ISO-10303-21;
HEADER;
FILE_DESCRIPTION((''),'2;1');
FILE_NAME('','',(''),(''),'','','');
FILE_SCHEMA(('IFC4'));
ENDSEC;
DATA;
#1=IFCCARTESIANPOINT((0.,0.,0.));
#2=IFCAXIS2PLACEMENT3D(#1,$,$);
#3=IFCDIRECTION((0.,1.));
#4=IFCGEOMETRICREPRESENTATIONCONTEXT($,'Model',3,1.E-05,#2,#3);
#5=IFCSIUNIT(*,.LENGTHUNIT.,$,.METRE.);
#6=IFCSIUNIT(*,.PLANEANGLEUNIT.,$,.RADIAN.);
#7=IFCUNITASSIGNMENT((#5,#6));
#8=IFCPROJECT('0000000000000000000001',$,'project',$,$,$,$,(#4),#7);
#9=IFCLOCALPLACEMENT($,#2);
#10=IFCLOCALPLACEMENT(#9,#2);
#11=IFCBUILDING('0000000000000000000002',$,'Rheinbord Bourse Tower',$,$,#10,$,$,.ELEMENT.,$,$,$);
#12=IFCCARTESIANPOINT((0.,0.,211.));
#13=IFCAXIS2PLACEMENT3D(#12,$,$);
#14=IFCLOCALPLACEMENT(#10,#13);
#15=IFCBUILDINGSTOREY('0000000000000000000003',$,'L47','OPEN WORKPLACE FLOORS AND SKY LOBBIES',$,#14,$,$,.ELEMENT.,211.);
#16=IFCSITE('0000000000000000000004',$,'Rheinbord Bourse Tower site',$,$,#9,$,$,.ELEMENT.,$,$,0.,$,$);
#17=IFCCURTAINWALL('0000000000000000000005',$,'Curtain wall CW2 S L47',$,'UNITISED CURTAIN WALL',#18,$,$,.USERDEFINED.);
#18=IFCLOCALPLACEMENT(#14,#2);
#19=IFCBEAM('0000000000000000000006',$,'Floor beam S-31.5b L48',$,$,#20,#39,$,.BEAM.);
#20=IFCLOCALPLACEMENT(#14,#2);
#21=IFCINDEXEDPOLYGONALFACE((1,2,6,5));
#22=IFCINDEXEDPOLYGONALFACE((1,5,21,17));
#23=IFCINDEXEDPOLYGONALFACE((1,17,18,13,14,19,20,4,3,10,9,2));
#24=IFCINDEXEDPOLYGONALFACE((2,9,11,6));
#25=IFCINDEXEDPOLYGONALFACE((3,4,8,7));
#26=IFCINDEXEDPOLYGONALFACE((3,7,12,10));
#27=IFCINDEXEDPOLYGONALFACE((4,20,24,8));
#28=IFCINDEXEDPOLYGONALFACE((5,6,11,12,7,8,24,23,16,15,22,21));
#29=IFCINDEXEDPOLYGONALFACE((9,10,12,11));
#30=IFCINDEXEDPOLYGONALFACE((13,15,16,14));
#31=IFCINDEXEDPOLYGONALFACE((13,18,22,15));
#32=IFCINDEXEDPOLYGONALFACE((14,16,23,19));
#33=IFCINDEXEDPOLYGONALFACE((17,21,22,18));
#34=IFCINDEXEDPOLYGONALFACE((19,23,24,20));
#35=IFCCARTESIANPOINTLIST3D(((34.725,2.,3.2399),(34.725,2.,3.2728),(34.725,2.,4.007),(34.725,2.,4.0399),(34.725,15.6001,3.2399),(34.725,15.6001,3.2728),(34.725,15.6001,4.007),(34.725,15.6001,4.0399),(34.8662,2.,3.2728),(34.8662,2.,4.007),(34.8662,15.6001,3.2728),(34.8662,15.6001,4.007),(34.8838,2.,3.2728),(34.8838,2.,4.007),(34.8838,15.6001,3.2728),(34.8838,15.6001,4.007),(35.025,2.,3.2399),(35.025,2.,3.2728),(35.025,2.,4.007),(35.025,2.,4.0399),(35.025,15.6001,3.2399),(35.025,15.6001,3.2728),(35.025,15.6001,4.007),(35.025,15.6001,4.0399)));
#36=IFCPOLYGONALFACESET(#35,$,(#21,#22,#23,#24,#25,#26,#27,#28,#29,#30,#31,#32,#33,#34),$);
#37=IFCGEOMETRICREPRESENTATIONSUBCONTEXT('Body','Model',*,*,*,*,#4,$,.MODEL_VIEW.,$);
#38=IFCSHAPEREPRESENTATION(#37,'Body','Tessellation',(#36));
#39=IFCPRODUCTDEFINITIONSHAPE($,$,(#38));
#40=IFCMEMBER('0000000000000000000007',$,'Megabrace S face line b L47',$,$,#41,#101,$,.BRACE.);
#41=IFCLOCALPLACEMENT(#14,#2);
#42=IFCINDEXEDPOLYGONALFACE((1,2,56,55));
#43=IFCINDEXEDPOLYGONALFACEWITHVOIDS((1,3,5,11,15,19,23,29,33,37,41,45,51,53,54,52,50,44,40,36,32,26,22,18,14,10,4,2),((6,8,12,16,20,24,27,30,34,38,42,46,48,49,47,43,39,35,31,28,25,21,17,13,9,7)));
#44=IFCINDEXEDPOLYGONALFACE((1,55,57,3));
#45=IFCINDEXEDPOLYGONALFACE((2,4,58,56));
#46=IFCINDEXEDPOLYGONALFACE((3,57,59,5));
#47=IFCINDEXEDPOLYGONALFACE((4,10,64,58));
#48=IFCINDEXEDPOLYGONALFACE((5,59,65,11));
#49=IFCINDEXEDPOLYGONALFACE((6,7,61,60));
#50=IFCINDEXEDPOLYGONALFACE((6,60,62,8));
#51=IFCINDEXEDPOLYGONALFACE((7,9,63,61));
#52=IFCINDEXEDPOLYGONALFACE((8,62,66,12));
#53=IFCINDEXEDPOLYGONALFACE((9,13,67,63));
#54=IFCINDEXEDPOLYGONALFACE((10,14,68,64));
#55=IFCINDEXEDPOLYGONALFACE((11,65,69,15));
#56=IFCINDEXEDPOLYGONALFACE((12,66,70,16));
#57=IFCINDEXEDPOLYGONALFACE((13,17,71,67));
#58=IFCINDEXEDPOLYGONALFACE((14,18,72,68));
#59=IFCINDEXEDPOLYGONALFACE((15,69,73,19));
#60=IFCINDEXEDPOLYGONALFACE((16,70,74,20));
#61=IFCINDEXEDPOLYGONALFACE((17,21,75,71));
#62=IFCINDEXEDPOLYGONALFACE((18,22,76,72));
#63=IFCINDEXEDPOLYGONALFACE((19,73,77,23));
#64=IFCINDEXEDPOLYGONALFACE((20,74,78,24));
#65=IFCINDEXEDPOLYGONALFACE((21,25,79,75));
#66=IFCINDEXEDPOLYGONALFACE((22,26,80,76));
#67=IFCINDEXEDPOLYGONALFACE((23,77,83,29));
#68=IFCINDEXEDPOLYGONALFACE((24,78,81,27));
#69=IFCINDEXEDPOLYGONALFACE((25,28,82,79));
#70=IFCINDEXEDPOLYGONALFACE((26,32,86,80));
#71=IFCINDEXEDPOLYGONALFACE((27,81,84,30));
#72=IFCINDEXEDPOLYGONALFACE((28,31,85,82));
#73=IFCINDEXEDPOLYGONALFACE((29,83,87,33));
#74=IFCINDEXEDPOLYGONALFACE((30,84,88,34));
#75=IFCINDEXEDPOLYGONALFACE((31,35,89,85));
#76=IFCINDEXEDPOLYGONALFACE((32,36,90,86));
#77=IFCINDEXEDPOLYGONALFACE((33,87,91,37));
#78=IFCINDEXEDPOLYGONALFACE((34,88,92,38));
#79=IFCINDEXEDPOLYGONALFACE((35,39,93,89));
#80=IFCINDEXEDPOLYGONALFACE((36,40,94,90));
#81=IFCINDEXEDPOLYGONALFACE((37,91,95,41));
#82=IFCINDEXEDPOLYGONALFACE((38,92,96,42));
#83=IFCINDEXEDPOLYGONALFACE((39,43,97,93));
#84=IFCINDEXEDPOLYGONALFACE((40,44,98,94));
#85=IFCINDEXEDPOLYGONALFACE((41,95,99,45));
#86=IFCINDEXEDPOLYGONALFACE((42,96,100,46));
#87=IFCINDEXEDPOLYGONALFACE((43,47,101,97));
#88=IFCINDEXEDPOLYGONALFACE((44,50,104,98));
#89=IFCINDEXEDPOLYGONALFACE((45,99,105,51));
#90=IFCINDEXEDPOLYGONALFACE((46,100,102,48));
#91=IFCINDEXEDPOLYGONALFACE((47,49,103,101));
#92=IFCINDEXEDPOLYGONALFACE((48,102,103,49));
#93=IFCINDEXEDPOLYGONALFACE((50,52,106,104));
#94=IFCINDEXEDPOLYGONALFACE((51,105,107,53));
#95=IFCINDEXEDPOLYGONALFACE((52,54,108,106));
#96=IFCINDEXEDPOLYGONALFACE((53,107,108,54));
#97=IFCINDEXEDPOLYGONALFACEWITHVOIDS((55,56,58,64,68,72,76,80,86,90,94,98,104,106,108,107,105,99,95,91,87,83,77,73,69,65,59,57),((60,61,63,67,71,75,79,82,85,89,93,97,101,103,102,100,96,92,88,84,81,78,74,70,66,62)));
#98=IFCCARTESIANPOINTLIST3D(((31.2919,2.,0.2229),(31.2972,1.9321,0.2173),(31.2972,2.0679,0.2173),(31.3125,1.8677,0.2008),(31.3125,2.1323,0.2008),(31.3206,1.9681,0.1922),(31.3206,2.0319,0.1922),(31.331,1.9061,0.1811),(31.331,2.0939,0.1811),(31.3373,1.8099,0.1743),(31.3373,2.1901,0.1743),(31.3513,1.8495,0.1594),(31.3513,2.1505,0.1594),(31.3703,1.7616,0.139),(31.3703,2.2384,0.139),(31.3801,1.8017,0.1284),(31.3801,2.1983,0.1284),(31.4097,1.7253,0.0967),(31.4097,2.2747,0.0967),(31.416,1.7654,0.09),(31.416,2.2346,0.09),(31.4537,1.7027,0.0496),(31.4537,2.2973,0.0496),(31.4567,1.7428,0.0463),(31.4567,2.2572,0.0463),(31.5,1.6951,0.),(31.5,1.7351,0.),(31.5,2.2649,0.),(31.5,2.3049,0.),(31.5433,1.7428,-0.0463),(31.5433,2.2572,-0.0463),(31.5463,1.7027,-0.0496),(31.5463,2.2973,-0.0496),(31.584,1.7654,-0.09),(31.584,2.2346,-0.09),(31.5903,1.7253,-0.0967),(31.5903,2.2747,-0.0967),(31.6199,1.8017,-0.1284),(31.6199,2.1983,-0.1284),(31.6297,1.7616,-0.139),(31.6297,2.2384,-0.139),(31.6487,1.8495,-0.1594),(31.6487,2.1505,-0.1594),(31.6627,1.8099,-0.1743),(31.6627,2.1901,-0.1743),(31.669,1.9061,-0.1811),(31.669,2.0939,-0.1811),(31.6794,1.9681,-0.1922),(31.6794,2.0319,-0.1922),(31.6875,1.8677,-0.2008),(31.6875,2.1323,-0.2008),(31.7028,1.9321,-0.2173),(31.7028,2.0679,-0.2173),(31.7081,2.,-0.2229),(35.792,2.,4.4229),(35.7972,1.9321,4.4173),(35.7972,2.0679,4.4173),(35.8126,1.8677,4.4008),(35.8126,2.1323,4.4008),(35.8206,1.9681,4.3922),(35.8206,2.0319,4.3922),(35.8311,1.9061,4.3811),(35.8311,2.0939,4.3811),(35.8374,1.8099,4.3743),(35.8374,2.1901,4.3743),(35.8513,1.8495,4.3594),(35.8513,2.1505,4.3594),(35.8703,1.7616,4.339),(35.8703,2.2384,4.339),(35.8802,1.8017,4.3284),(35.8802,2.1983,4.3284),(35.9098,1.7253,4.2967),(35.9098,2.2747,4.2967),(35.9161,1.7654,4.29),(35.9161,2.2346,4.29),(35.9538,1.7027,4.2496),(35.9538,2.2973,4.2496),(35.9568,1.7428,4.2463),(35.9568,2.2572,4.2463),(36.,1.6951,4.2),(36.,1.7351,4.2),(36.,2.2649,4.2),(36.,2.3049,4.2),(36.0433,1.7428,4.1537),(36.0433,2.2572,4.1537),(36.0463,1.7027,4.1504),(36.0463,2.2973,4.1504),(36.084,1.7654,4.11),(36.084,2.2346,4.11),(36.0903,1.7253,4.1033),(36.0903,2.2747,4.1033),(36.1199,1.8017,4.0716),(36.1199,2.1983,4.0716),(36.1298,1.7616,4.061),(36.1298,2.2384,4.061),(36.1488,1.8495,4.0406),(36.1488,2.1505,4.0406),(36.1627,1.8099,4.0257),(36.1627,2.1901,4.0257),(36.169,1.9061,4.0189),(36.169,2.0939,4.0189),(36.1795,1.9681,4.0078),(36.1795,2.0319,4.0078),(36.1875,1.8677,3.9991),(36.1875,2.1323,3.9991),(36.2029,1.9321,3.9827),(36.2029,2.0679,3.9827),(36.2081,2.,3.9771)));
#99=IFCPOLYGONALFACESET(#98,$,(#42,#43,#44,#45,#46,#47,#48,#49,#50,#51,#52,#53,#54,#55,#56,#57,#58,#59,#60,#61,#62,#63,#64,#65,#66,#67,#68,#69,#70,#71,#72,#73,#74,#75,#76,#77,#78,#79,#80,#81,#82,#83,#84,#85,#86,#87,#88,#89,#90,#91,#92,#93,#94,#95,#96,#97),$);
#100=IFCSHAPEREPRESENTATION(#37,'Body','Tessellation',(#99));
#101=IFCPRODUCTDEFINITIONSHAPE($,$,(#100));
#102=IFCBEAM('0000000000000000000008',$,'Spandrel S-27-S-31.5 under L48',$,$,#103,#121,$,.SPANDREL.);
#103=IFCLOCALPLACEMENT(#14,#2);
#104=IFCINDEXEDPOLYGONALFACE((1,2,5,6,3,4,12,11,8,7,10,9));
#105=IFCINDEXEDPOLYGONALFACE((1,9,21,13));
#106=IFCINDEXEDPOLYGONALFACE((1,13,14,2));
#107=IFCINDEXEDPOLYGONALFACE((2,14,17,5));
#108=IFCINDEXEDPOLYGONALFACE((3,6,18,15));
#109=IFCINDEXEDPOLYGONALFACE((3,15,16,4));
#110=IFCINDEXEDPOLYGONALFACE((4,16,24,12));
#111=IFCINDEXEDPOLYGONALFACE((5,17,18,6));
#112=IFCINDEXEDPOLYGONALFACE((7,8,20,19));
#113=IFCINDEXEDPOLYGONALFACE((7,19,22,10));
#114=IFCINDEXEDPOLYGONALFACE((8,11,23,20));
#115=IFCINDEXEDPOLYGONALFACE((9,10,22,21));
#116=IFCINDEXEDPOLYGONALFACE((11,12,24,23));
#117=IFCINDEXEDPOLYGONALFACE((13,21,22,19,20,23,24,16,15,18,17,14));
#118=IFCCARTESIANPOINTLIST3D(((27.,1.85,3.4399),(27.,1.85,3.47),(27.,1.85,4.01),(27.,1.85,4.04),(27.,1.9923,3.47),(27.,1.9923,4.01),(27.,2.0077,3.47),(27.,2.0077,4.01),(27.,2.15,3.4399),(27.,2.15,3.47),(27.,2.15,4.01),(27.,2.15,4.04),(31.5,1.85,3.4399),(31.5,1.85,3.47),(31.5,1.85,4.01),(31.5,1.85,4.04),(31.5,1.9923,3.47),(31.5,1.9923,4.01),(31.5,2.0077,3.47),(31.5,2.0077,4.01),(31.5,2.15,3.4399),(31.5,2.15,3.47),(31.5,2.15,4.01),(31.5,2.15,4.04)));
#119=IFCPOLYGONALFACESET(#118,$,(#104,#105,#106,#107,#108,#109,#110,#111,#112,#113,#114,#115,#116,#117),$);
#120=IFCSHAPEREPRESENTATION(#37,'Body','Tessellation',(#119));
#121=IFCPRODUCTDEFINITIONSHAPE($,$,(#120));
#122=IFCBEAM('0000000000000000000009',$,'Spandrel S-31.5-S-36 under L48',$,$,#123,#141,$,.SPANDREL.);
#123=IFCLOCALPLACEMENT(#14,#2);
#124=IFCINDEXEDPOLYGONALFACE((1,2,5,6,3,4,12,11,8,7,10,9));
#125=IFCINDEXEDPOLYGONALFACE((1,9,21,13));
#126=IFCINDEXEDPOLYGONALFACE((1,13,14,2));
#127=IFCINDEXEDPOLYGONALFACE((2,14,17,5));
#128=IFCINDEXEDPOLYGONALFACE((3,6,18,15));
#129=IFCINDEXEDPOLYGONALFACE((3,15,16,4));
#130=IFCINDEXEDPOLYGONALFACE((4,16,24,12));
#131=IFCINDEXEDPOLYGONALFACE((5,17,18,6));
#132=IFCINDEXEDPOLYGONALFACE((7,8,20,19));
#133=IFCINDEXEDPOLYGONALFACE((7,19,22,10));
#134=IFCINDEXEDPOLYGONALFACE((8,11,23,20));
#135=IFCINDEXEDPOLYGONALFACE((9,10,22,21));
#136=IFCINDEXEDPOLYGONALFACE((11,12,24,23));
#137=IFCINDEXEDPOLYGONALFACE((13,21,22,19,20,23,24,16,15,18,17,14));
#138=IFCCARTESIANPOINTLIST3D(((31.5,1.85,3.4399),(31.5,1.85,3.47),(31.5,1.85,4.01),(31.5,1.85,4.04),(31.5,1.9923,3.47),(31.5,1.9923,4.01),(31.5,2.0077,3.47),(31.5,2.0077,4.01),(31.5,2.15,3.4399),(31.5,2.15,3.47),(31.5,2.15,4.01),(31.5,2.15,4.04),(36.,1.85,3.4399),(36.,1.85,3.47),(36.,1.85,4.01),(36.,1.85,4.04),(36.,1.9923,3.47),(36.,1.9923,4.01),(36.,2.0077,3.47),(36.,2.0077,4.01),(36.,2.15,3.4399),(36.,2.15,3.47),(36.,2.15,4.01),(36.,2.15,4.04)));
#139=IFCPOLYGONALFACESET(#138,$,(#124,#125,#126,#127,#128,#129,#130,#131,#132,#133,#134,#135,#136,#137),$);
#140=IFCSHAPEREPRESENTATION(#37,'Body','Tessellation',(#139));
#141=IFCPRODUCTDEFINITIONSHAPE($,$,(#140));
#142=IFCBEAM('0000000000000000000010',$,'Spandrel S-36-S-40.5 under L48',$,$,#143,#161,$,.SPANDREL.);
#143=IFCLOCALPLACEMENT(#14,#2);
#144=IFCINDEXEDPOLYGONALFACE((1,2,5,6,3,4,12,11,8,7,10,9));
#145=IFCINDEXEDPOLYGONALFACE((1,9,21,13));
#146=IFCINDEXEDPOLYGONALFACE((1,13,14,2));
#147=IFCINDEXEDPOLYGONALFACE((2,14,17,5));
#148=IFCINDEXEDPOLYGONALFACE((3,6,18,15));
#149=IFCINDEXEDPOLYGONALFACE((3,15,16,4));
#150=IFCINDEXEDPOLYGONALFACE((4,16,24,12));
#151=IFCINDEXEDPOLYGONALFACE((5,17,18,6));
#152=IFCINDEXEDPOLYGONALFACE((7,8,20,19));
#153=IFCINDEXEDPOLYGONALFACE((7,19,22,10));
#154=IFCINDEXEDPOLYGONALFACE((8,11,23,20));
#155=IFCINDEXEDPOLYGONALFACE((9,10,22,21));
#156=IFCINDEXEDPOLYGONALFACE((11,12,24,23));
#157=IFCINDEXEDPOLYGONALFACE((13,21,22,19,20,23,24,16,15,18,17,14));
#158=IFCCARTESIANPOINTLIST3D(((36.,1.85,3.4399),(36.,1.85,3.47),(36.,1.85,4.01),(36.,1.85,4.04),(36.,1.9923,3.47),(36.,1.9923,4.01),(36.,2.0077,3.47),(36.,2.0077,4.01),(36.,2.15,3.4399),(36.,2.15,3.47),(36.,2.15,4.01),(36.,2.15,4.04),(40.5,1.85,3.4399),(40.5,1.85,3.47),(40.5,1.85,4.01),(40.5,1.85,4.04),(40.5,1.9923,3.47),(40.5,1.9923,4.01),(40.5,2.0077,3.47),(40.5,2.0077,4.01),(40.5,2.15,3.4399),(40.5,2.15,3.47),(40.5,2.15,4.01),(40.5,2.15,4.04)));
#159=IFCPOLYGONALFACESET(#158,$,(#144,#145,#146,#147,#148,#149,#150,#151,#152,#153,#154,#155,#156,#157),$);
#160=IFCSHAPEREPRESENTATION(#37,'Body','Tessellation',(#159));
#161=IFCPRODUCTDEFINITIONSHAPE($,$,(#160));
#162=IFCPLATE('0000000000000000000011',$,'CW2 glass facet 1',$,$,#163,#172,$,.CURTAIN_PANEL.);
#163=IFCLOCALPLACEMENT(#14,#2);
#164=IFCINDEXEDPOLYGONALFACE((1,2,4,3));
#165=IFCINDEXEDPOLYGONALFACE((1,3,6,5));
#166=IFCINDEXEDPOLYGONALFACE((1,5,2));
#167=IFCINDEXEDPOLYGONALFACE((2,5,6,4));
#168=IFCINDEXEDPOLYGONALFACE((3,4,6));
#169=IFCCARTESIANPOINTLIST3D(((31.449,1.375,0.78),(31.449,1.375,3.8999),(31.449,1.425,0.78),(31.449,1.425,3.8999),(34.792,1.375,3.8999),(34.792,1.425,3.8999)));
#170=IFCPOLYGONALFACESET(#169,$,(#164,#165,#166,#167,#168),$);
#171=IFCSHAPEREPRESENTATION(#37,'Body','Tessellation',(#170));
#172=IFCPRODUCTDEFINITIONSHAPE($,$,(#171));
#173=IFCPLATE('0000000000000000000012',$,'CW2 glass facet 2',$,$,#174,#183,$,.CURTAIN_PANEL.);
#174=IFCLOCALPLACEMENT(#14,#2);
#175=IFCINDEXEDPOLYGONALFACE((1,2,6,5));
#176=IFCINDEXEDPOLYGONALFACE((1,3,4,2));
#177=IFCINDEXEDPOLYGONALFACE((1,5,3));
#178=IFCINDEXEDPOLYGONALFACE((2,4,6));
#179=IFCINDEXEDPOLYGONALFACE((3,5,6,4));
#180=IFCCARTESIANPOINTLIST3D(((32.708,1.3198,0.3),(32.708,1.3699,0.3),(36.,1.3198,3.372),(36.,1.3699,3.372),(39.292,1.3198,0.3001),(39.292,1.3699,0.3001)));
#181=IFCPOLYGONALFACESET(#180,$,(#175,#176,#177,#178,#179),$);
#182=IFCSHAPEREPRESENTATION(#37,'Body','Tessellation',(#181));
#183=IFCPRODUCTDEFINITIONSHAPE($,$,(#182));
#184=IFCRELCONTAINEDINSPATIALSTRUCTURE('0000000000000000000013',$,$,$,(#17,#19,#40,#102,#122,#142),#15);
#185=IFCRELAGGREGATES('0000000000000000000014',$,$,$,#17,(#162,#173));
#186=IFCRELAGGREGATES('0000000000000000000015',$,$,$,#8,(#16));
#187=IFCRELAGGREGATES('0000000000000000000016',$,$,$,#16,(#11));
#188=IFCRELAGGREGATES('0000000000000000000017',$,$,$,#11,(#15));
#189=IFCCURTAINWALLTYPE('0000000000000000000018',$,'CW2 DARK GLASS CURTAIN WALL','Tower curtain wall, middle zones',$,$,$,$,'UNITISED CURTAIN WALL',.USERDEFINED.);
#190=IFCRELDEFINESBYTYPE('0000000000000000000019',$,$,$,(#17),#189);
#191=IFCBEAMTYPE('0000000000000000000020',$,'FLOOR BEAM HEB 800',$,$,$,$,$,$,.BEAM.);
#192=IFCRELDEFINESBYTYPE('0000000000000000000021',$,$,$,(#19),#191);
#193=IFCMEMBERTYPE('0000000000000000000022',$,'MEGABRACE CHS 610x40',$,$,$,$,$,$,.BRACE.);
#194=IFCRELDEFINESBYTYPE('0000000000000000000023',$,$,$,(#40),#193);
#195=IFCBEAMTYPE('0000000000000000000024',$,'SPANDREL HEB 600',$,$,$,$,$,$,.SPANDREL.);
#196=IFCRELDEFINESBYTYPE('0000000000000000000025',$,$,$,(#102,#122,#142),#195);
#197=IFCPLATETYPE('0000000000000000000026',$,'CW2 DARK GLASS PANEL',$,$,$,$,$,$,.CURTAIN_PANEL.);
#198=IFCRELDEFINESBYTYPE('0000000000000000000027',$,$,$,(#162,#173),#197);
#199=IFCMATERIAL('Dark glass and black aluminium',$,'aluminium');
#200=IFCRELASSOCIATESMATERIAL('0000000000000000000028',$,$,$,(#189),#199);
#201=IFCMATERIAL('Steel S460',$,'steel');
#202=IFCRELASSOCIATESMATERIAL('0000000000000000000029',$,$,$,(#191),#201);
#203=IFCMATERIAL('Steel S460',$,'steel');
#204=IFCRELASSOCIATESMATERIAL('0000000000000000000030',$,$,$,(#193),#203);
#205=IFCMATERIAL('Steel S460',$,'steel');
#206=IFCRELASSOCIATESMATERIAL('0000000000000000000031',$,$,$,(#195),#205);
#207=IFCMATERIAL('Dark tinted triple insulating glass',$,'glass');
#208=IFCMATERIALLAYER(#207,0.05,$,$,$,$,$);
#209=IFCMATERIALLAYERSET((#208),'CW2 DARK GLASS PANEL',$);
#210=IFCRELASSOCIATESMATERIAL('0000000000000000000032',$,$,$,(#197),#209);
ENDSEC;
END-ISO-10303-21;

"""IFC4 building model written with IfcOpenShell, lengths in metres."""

from ifc_helpers import new_model, si_unit, direction, frame, origin, origin_2d, place, context, subcontext, project, spatial, polyline, hollow_circle, i_section, outline, extrude, material, layer, layer_set, material_profile, profile_set, type_object, element, aggregate, save


model = new_model("IFC4")

# Units and contexts
model_context = context("Model", 3, precision=1e-05, world=origin(), true_north=direction((0.0, 1.0)))
body_context = subcontext(model_context, "Body", "Model", "MODEL_VIEW")
ifc_project = project(units=[si_unit("LENGTHUNIT", "METRE"), si_unit("PLANEANGLEUNIT", "RADIAN")], contexts=[model_context])

# Site, building, storey
site_placement = place(None, origin())
site = spatial("IfcSite", under=ifc_project, at=site_placement, Name="Rheinbord Bourse Tower site", CompositionType="ELEMENT", RefElevation=0.0)
building_placement = place(site_placement, origin())
building = spatial("IfcBuilding", under=site, at=building_placement, Name="Rheinbord Bourse Tower", CompositionType="ELEMENT")
storey_placement = place(building_placement, frame((0.0, 0.0, 211.0)))
storey = spatial("IfcBuildingStorey", under=building, at=storey_placement, Name="L47", Description="OPEN WORKPLACE FLOORS AND SKY LOBBIES", CompositionType="ELEMENT", Elevation=211.0)

# Curtain wall
ifc_material_1 = material(Name="Dark glass and black aluminium", Category="aluminium")
curtain_wall_type = type_object("IfcCurtainWallType", Name="CW2 DARK GLASS CURTAIN WALL", Description="Tower curtain wall, middle zones", ElementType="UNITISED CURTAIN WALL", PredefinedType="USERDEFINED", material=ifc_material_1)
curtain_wall_placement = place(storey_placement, origin())
curtain_wall = element("IfcCurtainWall", 1, at=curtain_wall_placement, inside=storey, type_object=curtain_wall_type, Name="Curtain wall CW2 S L47", ObjectType="UNITISED CURTAIN WALL", PredefinedType="USERDEFINED")

# Beam
ifc_material_2 = material(Name="Steel S460", Category="steel")
ifc_material_profile_1 = material_profile(ifc_material_2, i_section(OverallWidth=0.3, OverallDepth=0.8, WebThickness=0.0176, FlangeThickness=0.033, at=origin_2d()), Name="HEB 800")
ifc_profile_set_1 = profile_set([ifc_material_profile_1], Name="Steel S460")
beam_type_1 = type_object("IfcBeamType", Name="FLOOR BEAM HEB 800", PredefinedType="BEAM", material=ifc_profile_set_1)
for number, where, z_axis, x_axis, name in (
    (2, (34.875, 2.0, 3.6399), (0.0, 1.0, 0.0), (-1.0, 0.0, 0.0), "Floor beam S-31.5b L48"),
):
    element("IfcBeam", number, at=place(storey_placement, frame(where, z_axis=z_axis, x_axis=x_axis)), inside=storey, type_object=beam_type_1, Name=name, PredefinedType="BEAM", context=body_context, shape_type="SweptSolid", body=[
        extrude(i_section(OverallWidth=0.3, OverallDepth=0.8, WebThickness=0.0176, FlangeThickness=0.033, at=origin_2d()), origin(), (0.0, 0.0, 1.0), 13.6001),
    ])

# Member
ifc_material_3 = material(Name="Steel S460", Category="steel")
ifc_material_profile_2 = material_profile(ifc_material_3, hollow_circle(Radius=0.3049, WallThickness=0.04, at=origin_2d()), Name="CHS 610x40")
ifc_profile_set_2 = profile_set([ifc_material_profile_2], Name="Steel S460")
member_type_1 = type_object("IfcMemberType", Name="MEGABRACE CHS 610x40", PredefinedType="BRACE", material=ifc_profile_set_2)
member_1_placement = place(storey_placement, frame((31.5, 2.0, 0.0), z_axis=(0.731059, 0.0, 0.682314), x_axis=(0.0, 1.0, 0.0)))
element("IfcMember", 3, at=member_1_placement, inside=storey, type_object=member_type_1, Name="Megabrace S face line b L47", PredefinedType="BRACE", context=body_context, shape_type="SweptSolid", body=[
    extrude(hollow_circle(Radius=0.3049, WallThickness=0.04, at=origin_2d()), origin(), (0.0, 0.0, 1.0), 6.1555),
])

# Beams
ifc_material_4 = material(Name="Steel S460", Category="steel")
ifc_material_profile_3 = material_profile(ifc_material_4, i_section(OverallWidth=0.3, OverallDepth=0.6001, WebThickness=0.0154, FlangeThickness=0.03, at=origin_2d()), Name="HEB 600")
ifc_profile_set_3 = profile_set([ifc_material_profile_3], Name="Steel S460")
beam_type_2 = type_object("IfcBeamType", Name="SPANDREL HEB 600", PredefinedType="SPANDREL", material=ifc_profile_set_3)
for number, where, z_axis, x_axis, name in (
    (4, (27.0, 2.0, 3.74), (1.0, 0.0, 0.0), (0.0, 1.0, 0.0), "Spandrel S-27-S-31.5 under L48"),
    (5, (31.5, 2.0, 3.74), (1.0, 0.0, 0.0), (0.0, 1.0, 0.0), "Spandrel S-31.5-S-36 under L48"),
    (6, (36.0, 2.0, 3.74), (1.0, 0.0, 0.0), (0.0, 1.0, 0.0), "Spandrel S-36-S-40.5 under L48"),
):
    element("IfcBeam", number, at=place(storey_placement, frame(where, z_axis=z_axis, x_axis=x_axis)), inside=storey, type_object=beam_type_2, Name=name, PredefinedType="SPANDREL", context=body_context, shape_type="SweptSolid", body=[
        extrude(i_section(OverallWidth=0.3, OverallDepth=0.6001, WebThickness=0.0154, FlangeThickness=0.03, at=origin_2d()), origin(), (0.0, 0.0, 1.0), 4.5),
    ])

# Plates
ifc_material_5 = material(Name="Dark tinted triple insulating glass", Category="glass")
ifc_layer_1 = layer(ifc_material_5, 0.05)
ifc_layer_set_1 = layer_set([ifc_layer_1], Name="CW2 DARK GLASS PANEL")
plate_type = type_object("IfcPlateType", Name="CW2 DARK GLASS PANEL", PredefinedType="CURTAIN_PANEL", material=ifc_layer_set_1)
plate_1_placement = place(storey_placement, frame((31.449, 1.375, 3.8999), z_axis=(0.0, 1.0, 0.0), x_axis=(1.0, 0.0, 0.0)))
plate_1 = element("IfcPlate", 7, at=plate_1_placement, type_object=plate_type, Name="CW2 glass facet 1", PredefinedType="CURTAIN_PANEL", context=body_context, shape_type="SweptSolid", body=[
    extrude(outline(polyline([(0.0, 0.0), (3.343, 0.0), (0.0, 3.1199), (0.0, 0.0)])), origin(), (0.0, 0.0, 1.0), 0.05),
])
plate_2_placement = place(storey_placement, frame((32.708, 1.3198, 0.3), z_axis=(0.0, 1.0, 0.0), x_axis=(0.731111, 0.0, 0.682258)))
plate_2 = element("IfcPlate", 8, at=plate_2_placement, type_object=plate_type, Name="CW2 glass facet 2", PredefinedType="CURTAIN_PANEL", context=body_context, shape_type="SweptSolid", body=[
    extrude(outline(polyline([(0.0, 0.0), (4.5027, 0.0), (4.8137, 4.4919), (0.0, 0.0)])), origin(), (0.0, 0.0, 1.0), 0.05),
])
aggregate(curtain_wall, [plate_1, plate_2])

save(model, "model.ifc")
